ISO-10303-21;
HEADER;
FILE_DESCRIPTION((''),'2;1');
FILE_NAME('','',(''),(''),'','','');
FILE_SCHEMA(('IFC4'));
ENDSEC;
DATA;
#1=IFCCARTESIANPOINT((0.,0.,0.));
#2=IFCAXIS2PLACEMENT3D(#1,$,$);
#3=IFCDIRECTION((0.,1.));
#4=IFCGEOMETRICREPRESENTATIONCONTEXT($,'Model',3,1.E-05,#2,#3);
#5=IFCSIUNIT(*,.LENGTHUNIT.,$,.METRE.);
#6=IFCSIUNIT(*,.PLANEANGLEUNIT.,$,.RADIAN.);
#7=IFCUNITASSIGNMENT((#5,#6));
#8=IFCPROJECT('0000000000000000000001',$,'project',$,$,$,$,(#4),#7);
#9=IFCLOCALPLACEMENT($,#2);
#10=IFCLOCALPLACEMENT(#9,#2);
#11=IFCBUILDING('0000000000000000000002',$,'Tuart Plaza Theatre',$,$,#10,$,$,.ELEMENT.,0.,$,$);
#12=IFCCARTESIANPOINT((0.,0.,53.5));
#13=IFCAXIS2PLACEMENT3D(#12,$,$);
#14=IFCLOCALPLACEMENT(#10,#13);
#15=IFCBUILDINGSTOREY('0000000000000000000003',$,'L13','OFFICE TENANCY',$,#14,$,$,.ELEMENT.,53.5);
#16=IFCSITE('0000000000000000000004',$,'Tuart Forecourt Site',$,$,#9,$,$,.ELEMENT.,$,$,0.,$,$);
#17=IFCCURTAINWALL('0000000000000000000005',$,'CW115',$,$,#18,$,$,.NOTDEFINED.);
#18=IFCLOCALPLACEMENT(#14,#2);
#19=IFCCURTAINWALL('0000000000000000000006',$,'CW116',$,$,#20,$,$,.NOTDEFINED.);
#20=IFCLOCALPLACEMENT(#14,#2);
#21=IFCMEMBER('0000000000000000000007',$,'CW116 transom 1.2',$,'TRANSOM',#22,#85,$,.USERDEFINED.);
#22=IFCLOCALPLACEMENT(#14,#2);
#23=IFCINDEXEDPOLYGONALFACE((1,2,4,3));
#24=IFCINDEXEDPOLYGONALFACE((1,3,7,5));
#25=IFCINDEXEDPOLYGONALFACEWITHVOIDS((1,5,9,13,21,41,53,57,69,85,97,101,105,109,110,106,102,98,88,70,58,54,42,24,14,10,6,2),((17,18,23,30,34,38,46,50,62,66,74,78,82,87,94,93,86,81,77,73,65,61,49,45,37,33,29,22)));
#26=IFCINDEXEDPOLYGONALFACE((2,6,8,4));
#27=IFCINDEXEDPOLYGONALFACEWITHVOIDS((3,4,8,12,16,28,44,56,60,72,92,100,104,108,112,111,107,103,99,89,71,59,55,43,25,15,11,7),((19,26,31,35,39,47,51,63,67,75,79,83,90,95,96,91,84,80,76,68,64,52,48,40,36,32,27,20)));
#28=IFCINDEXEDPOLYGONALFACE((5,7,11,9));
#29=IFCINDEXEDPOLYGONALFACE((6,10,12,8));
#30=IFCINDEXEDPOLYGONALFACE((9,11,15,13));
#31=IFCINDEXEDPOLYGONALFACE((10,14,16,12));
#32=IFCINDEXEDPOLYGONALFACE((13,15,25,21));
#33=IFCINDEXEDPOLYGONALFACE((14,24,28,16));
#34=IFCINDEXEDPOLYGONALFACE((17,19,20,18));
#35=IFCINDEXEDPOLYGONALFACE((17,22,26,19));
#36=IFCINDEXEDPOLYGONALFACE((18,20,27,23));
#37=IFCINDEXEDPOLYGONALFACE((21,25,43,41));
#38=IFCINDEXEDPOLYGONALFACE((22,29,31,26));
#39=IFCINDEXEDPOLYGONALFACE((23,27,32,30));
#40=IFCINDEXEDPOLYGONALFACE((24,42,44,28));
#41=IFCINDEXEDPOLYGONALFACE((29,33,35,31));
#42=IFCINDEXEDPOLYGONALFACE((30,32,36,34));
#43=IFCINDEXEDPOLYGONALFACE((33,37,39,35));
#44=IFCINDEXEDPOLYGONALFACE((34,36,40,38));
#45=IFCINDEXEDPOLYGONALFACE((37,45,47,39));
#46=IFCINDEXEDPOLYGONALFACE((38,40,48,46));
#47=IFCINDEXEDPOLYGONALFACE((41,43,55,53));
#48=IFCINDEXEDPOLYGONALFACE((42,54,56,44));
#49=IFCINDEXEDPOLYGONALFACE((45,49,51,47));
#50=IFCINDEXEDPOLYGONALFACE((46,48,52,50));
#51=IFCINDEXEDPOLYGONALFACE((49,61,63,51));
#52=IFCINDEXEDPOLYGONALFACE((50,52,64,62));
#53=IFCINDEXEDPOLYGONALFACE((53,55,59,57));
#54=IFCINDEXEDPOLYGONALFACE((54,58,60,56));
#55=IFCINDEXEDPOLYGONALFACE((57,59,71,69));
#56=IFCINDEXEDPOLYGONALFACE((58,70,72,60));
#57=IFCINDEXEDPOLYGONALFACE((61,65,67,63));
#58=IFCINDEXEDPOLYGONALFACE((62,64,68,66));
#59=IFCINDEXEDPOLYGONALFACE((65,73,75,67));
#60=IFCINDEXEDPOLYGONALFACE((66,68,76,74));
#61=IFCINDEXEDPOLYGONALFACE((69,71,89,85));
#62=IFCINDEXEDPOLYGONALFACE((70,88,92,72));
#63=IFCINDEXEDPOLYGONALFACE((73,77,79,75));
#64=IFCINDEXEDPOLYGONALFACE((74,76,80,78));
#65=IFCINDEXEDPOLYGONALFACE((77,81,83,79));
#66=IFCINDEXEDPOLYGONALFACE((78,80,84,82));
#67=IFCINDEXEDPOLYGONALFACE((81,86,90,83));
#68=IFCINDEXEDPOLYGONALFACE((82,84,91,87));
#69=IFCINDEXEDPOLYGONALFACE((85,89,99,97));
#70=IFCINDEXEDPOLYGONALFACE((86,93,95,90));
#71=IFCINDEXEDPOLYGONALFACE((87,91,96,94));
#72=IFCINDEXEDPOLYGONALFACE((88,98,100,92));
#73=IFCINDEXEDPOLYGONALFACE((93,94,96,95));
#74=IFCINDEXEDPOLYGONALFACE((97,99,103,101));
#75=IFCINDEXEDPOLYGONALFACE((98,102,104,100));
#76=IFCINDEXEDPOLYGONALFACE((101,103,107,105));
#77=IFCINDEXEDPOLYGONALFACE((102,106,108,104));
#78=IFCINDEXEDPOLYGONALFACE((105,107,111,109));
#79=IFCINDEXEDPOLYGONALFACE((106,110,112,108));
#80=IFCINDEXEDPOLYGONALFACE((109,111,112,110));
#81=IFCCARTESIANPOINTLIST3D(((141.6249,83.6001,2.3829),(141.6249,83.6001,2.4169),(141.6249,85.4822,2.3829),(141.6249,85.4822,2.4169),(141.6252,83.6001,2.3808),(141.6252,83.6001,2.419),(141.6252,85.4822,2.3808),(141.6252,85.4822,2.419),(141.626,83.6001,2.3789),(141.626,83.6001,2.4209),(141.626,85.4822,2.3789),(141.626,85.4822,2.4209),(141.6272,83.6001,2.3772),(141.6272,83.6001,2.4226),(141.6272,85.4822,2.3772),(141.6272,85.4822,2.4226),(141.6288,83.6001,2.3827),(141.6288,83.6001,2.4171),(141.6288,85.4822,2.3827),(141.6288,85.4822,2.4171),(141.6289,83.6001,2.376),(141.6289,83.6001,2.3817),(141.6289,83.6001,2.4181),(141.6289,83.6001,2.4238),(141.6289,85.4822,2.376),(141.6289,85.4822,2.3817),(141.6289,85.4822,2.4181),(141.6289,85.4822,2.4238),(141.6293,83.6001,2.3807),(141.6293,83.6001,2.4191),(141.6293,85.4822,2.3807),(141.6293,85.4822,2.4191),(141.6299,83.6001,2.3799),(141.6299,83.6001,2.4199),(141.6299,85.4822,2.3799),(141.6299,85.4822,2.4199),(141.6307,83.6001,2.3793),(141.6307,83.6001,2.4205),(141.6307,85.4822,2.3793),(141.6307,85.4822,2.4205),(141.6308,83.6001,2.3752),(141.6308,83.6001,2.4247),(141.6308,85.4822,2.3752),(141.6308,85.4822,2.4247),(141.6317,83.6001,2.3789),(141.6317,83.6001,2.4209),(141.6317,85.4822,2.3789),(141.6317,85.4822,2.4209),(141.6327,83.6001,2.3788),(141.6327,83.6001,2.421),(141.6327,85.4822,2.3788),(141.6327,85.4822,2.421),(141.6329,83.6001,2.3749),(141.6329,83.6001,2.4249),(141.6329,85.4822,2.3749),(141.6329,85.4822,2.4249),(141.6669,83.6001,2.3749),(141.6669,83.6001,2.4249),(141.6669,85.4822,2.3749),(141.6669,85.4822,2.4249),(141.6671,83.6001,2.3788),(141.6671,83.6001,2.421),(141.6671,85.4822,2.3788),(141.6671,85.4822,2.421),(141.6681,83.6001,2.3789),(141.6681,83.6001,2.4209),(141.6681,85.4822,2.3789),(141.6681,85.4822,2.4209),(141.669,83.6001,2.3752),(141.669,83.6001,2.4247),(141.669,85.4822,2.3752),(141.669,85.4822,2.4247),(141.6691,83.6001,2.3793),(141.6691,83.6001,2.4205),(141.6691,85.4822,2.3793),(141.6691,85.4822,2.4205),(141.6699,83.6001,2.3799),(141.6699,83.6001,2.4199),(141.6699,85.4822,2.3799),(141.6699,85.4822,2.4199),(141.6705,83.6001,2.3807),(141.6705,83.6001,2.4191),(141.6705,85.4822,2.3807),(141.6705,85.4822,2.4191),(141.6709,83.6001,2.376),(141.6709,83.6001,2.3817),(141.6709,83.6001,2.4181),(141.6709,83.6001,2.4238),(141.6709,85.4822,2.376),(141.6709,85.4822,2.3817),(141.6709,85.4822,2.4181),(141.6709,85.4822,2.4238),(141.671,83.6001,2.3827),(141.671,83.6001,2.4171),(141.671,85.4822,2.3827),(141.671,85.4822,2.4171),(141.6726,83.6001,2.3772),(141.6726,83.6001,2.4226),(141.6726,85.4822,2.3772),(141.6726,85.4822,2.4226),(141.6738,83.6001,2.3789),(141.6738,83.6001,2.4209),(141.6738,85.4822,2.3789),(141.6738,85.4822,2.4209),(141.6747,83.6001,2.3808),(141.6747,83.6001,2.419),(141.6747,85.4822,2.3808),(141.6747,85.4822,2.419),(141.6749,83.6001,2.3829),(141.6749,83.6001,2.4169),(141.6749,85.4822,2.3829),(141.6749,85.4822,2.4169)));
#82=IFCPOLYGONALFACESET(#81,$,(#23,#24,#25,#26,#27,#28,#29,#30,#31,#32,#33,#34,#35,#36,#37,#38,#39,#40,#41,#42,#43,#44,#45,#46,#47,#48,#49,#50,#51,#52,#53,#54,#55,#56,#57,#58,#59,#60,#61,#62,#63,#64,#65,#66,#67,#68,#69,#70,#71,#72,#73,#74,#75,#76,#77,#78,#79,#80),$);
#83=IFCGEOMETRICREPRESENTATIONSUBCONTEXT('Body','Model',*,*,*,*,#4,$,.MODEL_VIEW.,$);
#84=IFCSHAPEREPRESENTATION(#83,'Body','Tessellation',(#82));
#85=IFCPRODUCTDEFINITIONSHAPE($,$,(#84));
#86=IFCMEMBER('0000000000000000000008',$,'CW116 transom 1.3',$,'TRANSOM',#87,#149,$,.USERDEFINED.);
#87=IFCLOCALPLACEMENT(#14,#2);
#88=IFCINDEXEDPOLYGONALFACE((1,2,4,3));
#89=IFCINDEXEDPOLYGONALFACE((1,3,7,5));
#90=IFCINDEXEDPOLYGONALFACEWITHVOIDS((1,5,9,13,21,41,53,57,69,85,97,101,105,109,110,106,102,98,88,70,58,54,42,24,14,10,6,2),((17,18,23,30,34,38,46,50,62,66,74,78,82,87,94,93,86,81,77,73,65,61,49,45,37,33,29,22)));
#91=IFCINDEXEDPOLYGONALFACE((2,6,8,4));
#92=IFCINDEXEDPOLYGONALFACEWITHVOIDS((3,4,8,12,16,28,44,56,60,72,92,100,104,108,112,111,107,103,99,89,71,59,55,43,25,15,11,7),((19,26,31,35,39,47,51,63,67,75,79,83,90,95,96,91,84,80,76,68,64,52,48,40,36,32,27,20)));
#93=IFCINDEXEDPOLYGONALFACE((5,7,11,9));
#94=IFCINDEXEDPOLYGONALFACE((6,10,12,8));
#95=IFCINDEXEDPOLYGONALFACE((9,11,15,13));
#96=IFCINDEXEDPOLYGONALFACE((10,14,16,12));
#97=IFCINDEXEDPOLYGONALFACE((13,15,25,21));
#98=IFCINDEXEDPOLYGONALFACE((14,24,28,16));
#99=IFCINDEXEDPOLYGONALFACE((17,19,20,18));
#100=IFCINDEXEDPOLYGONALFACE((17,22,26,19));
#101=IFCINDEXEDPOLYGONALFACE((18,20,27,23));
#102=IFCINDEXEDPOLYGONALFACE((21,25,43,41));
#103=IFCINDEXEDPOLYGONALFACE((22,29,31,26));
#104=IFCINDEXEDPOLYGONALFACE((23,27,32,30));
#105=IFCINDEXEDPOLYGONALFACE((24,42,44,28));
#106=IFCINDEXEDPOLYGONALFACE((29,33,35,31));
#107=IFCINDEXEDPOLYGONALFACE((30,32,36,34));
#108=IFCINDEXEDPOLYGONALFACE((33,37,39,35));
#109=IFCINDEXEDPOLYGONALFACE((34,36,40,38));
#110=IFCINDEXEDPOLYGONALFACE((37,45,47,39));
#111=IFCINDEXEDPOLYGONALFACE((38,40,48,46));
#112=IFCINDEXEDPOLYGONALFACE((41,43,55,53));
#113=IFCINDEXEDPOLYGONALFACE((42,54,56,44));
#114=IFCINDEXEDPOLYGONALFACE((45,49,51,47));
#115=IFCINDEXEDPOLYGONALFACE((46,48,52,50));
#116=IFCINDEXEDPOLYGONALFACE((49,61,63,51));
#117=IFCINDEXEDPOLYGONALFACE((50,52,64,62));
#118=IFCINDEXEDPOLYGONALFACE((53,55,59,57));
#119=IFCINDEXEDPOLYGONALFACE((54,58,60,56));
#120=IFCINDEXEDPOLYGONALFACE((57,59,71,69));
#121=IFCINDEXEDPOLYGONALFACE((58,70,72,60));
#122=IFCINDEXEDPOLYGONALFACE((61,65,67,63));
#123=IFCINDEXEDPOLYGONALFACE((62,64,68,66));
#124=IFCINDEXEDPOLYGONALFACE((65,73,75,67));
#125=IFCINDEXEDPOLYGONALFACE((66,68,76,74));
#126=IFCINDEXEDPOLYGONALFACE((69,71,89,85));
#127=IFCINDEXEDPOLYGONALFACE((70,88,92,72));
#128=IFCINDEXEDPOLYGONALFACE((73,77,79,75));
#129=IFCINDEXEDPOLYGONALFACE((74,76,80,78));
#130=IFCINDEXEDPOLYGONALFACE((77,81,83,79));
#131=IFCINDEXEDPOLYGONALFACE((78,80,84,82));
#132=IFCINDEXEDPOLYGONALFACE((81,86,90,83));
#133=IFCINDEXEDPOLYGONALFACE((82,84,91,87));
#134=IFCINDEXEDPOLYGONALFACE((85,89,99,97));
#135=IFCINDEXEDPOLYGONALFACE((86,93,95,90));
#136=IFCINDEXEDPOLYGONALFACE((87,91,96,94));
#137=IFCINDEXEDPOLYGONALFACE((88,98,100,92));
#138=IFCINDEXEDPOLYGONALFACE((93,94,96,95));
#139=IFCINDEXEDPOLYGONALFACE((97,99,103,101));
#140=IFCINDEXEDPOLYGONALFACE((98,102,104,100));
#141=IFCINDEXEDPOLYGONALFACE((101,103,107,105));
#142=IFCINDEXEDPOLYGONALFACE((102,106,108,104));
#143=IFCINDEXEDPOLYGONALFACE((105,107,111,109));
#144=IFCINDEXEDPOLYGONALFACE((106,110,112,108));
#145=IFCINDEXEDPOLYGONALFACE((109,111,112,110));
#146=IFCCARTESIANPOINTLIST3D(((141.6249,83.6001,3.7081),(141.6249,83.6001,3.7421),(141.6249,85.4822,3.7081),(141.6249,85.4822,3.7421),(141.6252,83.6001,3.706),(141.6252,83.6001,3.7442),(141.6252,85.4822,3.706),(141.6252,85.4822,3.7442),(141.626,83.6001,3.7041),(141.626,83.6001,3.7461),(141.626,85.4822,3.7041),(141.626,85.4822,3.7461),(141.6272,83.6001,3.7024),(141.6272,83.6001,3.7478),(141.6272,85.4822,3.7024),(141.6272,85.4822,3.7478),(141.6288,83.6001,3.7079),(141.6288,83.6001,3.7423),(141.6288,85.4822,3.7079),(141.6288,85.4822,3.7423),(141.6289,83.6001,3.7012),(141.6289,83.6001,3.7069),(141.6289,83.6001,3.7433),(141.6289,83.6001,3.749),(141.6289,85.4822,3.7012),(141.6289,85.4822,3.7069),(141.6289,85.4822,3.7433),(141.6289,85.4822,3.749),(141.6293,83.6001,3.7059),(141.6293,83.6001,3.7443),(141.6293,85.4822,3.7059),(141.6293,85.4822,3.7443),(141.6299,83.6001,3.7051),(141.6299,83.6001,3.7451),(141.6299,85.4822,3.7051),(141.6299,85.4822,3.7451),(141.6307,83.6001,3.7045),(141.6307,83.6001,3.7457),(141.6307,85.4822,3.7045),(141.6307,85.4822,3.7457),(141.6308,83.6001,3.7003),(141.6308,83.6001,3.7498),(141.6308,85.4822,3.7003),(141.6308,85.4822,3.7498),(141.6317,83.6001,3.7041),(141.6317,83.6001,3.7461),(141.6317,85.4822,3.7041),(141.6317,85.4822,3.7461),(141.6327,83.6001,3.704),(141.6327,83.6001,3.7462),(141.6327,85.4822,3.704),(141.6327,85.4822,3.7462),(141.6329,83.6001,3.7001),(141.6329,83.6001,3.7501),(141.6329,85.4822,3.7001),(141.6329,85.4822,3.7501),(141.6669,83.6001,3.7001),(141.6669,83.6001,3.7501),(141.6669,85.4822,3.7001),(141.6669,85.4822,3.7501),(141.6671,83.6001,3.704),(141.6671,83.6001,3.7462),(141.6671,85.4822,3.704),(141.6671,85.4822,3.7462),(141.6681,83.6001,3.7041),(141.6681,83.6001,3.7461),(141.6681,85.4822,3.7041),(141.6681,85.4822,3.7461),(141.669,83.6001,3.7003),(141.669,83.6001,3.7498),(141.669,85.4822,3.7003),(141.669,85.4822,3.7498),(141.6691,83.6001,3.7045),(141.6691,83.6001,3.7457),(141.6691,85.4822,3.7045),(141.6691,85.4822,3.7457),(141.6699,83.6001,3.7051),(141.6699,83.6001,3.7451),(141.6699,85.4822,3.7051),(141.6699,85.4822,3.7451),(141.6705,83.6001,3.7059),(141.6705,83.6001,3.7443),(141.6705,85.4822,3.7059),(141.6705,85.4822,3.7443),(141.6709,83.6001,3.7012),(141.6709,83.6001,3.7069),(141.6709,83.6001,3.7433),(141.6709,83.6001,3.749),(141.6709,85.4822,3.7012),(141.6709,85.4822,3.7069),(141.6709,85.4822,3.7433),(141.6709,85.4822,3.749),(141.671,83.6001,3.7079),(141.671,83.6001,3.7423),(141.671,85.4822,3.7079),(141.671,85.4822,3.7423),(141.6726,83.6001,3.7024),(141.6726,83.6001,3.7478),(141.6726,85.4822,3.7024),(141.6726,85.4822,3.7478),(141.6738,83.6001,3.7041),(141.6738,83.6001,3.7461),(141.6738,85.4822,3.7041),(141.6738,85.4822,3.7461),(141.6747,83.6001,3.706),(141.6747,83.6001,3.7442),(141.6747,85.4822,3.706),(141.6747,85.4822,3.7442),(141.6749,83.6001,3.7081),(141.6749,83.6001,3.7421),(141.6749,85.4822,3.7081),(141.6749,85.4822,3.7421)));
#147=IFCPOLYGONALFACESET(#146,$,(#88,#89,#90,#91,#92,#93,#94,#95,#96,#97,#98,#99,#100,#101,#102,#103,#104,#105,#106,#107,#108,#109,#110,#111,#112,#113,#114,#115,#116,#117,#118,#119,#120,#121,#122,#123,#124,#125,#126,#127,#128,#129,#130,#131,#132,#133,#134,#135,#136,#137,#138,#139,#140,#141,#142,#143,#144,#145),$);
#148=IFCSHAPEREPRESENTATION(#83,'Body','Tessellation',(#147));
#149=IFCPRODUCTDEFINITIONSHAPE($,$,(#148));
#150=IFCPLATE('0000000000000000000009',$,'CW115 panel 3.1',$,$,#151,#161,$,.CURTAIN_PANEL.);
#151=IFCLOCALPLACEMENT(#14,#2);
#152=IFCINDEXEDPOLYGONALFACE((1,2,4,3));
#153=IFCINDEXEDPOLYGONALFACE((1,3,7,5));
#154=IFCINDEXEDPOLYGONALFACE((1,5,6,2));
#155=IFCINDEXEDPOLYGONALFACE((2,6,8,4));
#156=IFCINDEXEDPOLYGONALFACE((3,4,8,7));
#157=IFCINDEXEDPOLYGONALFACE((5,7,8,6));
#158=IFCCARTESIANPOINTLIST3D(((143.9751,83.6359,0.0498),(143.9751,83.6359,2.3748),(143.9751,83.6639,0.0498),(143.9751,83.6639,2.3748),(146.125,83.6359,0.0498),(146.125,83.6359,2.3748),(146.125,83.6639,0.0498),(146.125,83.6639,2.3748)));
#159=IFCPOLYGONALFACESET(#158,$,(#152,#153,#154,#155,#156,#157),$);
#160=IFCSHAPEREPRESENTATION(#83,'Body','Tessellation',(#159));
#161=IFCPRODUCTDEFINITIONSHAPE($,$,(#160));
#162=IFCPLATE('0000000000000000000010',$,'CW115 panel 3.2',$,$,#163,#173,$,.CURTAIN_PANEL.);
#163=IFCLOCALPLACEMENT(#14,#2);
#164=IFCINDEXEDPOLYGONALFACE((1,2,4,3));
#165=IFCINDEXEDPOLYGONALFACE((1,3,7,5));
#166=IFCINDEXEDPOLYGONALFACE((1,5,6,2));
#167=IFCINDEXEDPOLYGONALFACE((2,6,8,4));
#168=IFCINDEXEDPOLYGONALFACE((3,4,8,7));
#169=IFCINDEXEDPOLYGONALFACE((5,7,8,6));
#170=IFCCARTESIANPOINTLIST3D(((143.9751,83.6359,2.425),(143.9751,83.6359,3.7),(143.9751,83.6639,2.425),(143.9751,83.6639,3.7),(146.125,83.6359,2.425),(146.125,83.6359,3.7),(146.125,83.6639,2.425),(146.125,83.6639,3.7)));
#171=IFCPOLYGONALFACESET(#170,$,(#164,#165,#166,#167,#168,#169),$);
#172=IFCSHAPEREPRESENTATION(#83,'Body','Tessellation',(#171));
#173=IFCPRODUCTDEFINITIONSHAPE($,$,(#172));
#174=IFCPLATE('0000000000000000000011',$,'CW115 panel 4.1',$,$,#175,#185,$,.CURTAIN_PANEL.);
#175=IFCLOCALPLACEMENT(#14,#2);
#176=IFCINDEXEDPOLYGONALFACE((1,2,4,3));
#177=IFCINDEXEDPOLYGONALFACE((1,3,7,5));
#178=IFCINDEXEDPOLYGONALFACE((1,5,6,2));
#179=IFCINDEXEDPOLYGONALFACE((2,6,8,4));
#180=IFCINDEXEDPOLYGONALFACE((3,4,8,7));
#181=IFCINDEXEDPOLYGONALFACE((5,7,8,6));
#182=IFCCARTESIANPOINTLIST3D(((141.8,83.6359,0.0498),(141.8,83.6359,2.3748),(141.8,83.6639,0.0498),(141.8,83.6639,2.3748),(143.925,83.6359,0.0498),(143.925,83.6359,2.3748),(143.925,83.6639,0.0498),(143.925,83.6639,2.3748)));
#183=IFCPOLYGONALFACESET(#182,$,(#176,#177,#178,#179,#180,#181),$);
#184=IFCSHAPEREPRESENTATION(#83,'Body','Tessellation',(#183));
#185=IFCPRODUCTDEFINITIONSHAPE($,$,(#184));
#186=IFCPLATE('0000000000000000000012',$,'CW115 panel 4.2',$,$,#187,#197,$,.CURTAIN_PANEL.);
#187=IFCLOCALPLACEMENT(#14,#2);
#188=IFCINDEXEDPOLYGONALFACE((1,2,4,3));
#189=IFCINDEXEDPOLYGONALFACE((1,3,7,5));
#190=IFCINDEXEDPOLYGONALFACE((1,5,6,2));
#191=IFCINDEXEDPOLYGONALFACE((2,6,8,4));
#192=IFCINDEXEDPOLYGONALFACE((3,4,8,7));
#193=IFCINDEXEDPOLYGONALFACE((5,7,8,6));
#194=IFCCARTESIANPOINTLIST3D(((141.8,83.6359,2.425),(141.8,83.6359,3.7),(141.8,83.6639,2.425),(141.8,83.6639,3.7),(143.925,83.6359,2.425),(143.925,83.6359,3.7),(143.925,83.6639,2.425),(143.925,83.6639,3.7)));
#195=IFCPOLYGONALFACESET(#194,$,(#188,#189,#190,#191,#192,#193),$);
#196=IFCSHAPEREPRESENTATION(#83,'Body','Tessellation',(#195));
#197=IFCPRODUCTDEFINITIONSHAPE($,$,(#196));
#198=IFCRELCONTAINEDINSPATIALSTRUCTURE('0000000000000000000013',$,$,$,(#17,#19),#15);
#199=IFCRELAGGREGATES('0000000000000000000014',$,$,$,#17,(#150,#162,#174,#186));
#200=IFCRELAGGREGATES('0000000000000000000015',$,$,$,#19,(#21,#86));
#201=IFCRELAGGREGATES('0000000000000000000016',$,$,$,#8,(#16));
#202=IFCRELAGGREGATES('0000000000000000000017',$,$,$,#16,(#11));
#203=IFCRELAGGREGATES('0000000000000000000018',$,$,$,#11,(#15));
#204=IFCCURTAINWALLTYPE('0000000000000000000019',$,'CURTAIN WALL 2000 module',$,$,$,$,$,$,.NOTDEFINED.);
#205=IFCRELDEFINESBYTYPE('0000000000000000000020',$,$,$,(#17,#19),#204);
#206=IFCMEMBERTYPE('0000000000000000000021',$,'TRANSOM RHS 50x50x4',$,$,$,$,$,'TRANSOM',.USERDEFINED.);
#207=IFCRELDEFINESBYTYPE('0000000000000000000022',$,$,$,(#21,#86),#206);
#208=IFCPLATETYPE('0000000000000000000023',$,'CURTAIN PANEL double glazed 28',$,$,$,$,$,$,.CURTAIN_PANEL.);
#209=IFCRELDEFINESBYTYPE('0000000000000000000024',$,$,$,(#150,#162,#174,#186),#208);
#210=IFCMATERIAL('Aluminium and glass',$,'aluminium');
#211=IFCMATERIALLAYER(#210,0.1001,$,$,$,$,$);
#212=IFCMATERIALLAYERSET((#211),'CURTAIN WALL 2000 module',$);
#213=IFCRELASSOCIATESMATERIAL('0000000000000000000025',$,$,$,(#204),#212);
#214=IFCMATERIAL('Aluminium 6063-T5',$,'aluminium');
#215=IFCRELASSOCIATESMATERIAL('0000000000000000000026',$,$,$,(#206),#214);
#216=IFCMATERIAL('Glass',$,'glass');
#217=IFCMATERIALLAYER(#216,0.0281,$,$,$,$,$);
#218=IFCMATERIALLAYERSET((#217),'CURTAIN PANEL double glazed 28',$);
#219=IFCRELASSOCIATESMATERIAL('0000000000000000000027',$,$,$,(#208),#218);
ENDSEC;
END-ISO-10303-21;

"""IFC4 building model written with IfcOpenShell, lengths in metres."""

from ifc_helpers import new_model, si_unit, direction, frame, origin, origin_2d, place, context, subcontext, project, spatial, rectangle, hollow_rectangle, extrude, material, layer, layer_set, material_profile, profile_set, type_object, element, aggregate, save


model = new_model("IFC4")

# Units and contexts
model_context = context("Model", 3, precision=1e-05, world=origin(), true_north=direction((0.0, 1.0)))
body_context = subcontext(model_context, "Body", "Model", "MODEL_VIEW")
ifc_project = project(units=[si_unit("LENGTHUNIT", "METRE"), si_unit("PLANEANGLEUNIT", "RADIAN")], contexts=[model_context])

# Site, building, storey
site_placement = place(None, origin())
site = spatial("IfcSite", under=ifc_project, at=site_placement, Name="Tuart Forecourt Site", CompositionType="ELEMENT", RefElevation=0.0)
building_placement = place(site_placement, origin())
building = spatial("IfcBuilding", under=site, at=building_placement, Name="Tuart Plaza Theatre", CompositionType="ELEMENT", ElevationOfRefHeight=0.0)
storey_placement = place(building_placement, frame((0.0, 0.0, 53.5)))
storey = spatial("IfcBuildingStorey", under=building, at=storey_placement, Name="L13", Description="OFFICE TENANCY", CompositionType="ELEMENT", Elevation=53.5)

# Curtain walls
ifc_material_1 = material(Name="Aluminium and glass", Category="aluminium")
ifc_layer_1 = layer(ifc_material_1, 0.1001)
ifc_layer_set_1 = layer_set([ifc_layer_1], Name="CURTAIN WALL 2000 module")
curtain_wall_type = type_object("IfcCurtainWallType", Name="CURTAIN WALL 2000 module", PredefinedType="NOTDEFINED", material=ifc_layer_set_1)
curtain_wall_1_placement = place(storey_placement, origin())
curtain_wall_1 = element("IfcCurtainWall", 1, at=curtain_wall_1_placement, inside=storey, type_object=curtain_wall_type, Name="CW115", PredefinedType="NOTDEFINED")
curtain_wall_2_placement = place(storey_placement, origin())
curtain_wall_2 = element("IfcCurtainWall", 2, at=curtain_wall_2_placement, inside=storey, type_object=curtain_wall_type, Name="CW116", PredefinedType="NOTDEFINED")

# Members
ifc_material_2 = material(Name="Aluminium 6063-T5", Category="aluminium")
ifc_material_profile_1 = material_profile(ifc_material_2, hollow_rectangle(XDim=0.05, YDim=0.05, WallThickness=0.0039, InnerFilletRadius=0.0039, OuterFilletRadius=0.0081, at=origin_2d()), Name="RHS 50x50x4")
ifc_profile_set_1 = profile_set([ifc_material_profile_1], Name="Aluminium 6063-T5")
member_type_1 = type_object("IfcMemberType", Name="TRANSOM RHS 50x50x4", ElementType="TRANSOM", PredefinedType="USERDEFINED", material=ifc_profile_set_1)
member_1_placement = place(storey_placement, frame((141.6499, 83.6001, 2.3999), z_axis=(0.0, 1.0, 0.0), x_axis=(-1.0, 0.0, 0.0)))
member_1 = element("IfcMember", 3, at=member_1_placement, type_object=member_type_1, Name="CW116 transom 1.2", ObjectType="TRANSOM", PredefinedType="USERDEFINED", context=body_context, shape_type="SweptSolid", body=[
    extrude(hollow_rectangle(XDim=0.05, YDim=0.05, WallThickness=0.0039, InnerFilletRadius=0.0039, OuterFilletRadius=0.0081, at=origin_2d()), origin(), (0.0, 0.0, 1.0), 1.8821),
])
member_2_placement = place(storey_placement, frame((141.6499, 83.6001, 3.7251), z_axis=(0.0, 1.0, 0.0), x_axis=(-1.0, 0.0, 0.0)))
member_2 = element("IfcMember", 4, at=member_2_placement, type_object=member_type_1, Name="CW116 transom 1.3", ObjectType="TRANSOM", PredefinedType="USERDEFINED", context=body_context, shape_type="SweptSolid", body=[
    extrude(hollow_rectangle(XDim=0.05, YDim=0.05, WallThickness=0.0039, InnerFilletRadius=0.0039, OuterFilletRadius=0.0081, at=origin_2d()), origin(), (0.0, 0.0, 1.0), 1.8821),
])

# Plates
ifc_material_3 = material(Name="Glass", Category="glass")
ifc_layer_2 = layer(ifc_material_3, 0.0281)
ifc_layer_set_2 = layer_set([ifc_layer_2], Name="CURTAIN PANEL double glazed 28")
plate_type = type_object("IfcPlateType", Name="CURTAIN PANEL double glazed 28", PredefinedType="CURTAIN_PANEL", material=ifc_layer_set_2)
plate_1_placement = place(storey_placement, frame((145.05, 83.6499, 0.0498), z_axis=(0.0, 0.0, 1.0), x_axis=(-1.0, 0.0, 0.0)))
plate_1 = element("IfcPlate", 5, at=plate_1_placement, type_object=plate_type, Name="CW115 panel 3.1", PredefinedType="CURTAIN_PANEL", context=body_context, shape_type="SweptSolid", body=[
    extrude(rectangle(XDim=2.1499, YDim=0.0281, at=origin_2d()), origin(), (0.0, 0.0, 1.0), 2.325),
])
plate_2_placement = place(storey_placement, frame((145.05, 83.6499, 2.425), z_axis=(0.0, 0.0, 1.0), x_axis=(-1.0, 0.0, 0.0)))
plate_2 = element("IfcPlate", 6, at=plate_2_placement, type_object=plate_type, Name="CW115 panel 3.2", PredefinedType="CURTAIN_PANEL", context=body_context, shape_type="SweptSolid", body=[
    extrude(rectangle(XDim=2.1499, YDim=0.0281, at=origin_2d()), origin(), (0.0, 0.0, 1.0), 1.2749),
])
plate_3_placement = place(storey_placement, frame((142.8625, 83.6499, 0.0498), z_axis=(0.0, 0.0, 1.0), x_axis=(-1.0, 0.0, 0.0)))
plate_3 = element("IfcPlate", 7, at=plate_3_placement, type_object=plate_type, Name="CW115 panel 4.1", PredefinedType="CURTAIN_PANEL", context=body_context, shape_type="SweptSolid", body=[
    extrude(rectangle(XDim=2.125, YDim=0.0281, at=origin_2d()), origin(), (0.0, 0.0, 1.0), 2.325),
])
plate_4_placement = place(storey_placement, frame((142.8625, 83.6499, 2.425), z_axis=(0.0, 0.0, 1.0), x_axis=(-1.0, 0.0, 0.0)))
plate_4 = element("IfcPlate", 8, at=plate_4_placement, type_object=plate_type, Name="CW115 panel 4.2", PredefinedType="CURTAIN_PANEL", context=body_context, shape_type="SweptSolid", body=[
    extrude(rectangle(XDim=2.125, YDim=0.0281, at=origin_2d()), origin(), (0.0, 0.0, 1.0), 1.2749),
])
aggregate(curtain_wall_1, [plate_1, plate_2, plate_3, plate_4])
aggregate(curtain_wall_2, [member_1, member_2])

save(model, "model.ifc")
